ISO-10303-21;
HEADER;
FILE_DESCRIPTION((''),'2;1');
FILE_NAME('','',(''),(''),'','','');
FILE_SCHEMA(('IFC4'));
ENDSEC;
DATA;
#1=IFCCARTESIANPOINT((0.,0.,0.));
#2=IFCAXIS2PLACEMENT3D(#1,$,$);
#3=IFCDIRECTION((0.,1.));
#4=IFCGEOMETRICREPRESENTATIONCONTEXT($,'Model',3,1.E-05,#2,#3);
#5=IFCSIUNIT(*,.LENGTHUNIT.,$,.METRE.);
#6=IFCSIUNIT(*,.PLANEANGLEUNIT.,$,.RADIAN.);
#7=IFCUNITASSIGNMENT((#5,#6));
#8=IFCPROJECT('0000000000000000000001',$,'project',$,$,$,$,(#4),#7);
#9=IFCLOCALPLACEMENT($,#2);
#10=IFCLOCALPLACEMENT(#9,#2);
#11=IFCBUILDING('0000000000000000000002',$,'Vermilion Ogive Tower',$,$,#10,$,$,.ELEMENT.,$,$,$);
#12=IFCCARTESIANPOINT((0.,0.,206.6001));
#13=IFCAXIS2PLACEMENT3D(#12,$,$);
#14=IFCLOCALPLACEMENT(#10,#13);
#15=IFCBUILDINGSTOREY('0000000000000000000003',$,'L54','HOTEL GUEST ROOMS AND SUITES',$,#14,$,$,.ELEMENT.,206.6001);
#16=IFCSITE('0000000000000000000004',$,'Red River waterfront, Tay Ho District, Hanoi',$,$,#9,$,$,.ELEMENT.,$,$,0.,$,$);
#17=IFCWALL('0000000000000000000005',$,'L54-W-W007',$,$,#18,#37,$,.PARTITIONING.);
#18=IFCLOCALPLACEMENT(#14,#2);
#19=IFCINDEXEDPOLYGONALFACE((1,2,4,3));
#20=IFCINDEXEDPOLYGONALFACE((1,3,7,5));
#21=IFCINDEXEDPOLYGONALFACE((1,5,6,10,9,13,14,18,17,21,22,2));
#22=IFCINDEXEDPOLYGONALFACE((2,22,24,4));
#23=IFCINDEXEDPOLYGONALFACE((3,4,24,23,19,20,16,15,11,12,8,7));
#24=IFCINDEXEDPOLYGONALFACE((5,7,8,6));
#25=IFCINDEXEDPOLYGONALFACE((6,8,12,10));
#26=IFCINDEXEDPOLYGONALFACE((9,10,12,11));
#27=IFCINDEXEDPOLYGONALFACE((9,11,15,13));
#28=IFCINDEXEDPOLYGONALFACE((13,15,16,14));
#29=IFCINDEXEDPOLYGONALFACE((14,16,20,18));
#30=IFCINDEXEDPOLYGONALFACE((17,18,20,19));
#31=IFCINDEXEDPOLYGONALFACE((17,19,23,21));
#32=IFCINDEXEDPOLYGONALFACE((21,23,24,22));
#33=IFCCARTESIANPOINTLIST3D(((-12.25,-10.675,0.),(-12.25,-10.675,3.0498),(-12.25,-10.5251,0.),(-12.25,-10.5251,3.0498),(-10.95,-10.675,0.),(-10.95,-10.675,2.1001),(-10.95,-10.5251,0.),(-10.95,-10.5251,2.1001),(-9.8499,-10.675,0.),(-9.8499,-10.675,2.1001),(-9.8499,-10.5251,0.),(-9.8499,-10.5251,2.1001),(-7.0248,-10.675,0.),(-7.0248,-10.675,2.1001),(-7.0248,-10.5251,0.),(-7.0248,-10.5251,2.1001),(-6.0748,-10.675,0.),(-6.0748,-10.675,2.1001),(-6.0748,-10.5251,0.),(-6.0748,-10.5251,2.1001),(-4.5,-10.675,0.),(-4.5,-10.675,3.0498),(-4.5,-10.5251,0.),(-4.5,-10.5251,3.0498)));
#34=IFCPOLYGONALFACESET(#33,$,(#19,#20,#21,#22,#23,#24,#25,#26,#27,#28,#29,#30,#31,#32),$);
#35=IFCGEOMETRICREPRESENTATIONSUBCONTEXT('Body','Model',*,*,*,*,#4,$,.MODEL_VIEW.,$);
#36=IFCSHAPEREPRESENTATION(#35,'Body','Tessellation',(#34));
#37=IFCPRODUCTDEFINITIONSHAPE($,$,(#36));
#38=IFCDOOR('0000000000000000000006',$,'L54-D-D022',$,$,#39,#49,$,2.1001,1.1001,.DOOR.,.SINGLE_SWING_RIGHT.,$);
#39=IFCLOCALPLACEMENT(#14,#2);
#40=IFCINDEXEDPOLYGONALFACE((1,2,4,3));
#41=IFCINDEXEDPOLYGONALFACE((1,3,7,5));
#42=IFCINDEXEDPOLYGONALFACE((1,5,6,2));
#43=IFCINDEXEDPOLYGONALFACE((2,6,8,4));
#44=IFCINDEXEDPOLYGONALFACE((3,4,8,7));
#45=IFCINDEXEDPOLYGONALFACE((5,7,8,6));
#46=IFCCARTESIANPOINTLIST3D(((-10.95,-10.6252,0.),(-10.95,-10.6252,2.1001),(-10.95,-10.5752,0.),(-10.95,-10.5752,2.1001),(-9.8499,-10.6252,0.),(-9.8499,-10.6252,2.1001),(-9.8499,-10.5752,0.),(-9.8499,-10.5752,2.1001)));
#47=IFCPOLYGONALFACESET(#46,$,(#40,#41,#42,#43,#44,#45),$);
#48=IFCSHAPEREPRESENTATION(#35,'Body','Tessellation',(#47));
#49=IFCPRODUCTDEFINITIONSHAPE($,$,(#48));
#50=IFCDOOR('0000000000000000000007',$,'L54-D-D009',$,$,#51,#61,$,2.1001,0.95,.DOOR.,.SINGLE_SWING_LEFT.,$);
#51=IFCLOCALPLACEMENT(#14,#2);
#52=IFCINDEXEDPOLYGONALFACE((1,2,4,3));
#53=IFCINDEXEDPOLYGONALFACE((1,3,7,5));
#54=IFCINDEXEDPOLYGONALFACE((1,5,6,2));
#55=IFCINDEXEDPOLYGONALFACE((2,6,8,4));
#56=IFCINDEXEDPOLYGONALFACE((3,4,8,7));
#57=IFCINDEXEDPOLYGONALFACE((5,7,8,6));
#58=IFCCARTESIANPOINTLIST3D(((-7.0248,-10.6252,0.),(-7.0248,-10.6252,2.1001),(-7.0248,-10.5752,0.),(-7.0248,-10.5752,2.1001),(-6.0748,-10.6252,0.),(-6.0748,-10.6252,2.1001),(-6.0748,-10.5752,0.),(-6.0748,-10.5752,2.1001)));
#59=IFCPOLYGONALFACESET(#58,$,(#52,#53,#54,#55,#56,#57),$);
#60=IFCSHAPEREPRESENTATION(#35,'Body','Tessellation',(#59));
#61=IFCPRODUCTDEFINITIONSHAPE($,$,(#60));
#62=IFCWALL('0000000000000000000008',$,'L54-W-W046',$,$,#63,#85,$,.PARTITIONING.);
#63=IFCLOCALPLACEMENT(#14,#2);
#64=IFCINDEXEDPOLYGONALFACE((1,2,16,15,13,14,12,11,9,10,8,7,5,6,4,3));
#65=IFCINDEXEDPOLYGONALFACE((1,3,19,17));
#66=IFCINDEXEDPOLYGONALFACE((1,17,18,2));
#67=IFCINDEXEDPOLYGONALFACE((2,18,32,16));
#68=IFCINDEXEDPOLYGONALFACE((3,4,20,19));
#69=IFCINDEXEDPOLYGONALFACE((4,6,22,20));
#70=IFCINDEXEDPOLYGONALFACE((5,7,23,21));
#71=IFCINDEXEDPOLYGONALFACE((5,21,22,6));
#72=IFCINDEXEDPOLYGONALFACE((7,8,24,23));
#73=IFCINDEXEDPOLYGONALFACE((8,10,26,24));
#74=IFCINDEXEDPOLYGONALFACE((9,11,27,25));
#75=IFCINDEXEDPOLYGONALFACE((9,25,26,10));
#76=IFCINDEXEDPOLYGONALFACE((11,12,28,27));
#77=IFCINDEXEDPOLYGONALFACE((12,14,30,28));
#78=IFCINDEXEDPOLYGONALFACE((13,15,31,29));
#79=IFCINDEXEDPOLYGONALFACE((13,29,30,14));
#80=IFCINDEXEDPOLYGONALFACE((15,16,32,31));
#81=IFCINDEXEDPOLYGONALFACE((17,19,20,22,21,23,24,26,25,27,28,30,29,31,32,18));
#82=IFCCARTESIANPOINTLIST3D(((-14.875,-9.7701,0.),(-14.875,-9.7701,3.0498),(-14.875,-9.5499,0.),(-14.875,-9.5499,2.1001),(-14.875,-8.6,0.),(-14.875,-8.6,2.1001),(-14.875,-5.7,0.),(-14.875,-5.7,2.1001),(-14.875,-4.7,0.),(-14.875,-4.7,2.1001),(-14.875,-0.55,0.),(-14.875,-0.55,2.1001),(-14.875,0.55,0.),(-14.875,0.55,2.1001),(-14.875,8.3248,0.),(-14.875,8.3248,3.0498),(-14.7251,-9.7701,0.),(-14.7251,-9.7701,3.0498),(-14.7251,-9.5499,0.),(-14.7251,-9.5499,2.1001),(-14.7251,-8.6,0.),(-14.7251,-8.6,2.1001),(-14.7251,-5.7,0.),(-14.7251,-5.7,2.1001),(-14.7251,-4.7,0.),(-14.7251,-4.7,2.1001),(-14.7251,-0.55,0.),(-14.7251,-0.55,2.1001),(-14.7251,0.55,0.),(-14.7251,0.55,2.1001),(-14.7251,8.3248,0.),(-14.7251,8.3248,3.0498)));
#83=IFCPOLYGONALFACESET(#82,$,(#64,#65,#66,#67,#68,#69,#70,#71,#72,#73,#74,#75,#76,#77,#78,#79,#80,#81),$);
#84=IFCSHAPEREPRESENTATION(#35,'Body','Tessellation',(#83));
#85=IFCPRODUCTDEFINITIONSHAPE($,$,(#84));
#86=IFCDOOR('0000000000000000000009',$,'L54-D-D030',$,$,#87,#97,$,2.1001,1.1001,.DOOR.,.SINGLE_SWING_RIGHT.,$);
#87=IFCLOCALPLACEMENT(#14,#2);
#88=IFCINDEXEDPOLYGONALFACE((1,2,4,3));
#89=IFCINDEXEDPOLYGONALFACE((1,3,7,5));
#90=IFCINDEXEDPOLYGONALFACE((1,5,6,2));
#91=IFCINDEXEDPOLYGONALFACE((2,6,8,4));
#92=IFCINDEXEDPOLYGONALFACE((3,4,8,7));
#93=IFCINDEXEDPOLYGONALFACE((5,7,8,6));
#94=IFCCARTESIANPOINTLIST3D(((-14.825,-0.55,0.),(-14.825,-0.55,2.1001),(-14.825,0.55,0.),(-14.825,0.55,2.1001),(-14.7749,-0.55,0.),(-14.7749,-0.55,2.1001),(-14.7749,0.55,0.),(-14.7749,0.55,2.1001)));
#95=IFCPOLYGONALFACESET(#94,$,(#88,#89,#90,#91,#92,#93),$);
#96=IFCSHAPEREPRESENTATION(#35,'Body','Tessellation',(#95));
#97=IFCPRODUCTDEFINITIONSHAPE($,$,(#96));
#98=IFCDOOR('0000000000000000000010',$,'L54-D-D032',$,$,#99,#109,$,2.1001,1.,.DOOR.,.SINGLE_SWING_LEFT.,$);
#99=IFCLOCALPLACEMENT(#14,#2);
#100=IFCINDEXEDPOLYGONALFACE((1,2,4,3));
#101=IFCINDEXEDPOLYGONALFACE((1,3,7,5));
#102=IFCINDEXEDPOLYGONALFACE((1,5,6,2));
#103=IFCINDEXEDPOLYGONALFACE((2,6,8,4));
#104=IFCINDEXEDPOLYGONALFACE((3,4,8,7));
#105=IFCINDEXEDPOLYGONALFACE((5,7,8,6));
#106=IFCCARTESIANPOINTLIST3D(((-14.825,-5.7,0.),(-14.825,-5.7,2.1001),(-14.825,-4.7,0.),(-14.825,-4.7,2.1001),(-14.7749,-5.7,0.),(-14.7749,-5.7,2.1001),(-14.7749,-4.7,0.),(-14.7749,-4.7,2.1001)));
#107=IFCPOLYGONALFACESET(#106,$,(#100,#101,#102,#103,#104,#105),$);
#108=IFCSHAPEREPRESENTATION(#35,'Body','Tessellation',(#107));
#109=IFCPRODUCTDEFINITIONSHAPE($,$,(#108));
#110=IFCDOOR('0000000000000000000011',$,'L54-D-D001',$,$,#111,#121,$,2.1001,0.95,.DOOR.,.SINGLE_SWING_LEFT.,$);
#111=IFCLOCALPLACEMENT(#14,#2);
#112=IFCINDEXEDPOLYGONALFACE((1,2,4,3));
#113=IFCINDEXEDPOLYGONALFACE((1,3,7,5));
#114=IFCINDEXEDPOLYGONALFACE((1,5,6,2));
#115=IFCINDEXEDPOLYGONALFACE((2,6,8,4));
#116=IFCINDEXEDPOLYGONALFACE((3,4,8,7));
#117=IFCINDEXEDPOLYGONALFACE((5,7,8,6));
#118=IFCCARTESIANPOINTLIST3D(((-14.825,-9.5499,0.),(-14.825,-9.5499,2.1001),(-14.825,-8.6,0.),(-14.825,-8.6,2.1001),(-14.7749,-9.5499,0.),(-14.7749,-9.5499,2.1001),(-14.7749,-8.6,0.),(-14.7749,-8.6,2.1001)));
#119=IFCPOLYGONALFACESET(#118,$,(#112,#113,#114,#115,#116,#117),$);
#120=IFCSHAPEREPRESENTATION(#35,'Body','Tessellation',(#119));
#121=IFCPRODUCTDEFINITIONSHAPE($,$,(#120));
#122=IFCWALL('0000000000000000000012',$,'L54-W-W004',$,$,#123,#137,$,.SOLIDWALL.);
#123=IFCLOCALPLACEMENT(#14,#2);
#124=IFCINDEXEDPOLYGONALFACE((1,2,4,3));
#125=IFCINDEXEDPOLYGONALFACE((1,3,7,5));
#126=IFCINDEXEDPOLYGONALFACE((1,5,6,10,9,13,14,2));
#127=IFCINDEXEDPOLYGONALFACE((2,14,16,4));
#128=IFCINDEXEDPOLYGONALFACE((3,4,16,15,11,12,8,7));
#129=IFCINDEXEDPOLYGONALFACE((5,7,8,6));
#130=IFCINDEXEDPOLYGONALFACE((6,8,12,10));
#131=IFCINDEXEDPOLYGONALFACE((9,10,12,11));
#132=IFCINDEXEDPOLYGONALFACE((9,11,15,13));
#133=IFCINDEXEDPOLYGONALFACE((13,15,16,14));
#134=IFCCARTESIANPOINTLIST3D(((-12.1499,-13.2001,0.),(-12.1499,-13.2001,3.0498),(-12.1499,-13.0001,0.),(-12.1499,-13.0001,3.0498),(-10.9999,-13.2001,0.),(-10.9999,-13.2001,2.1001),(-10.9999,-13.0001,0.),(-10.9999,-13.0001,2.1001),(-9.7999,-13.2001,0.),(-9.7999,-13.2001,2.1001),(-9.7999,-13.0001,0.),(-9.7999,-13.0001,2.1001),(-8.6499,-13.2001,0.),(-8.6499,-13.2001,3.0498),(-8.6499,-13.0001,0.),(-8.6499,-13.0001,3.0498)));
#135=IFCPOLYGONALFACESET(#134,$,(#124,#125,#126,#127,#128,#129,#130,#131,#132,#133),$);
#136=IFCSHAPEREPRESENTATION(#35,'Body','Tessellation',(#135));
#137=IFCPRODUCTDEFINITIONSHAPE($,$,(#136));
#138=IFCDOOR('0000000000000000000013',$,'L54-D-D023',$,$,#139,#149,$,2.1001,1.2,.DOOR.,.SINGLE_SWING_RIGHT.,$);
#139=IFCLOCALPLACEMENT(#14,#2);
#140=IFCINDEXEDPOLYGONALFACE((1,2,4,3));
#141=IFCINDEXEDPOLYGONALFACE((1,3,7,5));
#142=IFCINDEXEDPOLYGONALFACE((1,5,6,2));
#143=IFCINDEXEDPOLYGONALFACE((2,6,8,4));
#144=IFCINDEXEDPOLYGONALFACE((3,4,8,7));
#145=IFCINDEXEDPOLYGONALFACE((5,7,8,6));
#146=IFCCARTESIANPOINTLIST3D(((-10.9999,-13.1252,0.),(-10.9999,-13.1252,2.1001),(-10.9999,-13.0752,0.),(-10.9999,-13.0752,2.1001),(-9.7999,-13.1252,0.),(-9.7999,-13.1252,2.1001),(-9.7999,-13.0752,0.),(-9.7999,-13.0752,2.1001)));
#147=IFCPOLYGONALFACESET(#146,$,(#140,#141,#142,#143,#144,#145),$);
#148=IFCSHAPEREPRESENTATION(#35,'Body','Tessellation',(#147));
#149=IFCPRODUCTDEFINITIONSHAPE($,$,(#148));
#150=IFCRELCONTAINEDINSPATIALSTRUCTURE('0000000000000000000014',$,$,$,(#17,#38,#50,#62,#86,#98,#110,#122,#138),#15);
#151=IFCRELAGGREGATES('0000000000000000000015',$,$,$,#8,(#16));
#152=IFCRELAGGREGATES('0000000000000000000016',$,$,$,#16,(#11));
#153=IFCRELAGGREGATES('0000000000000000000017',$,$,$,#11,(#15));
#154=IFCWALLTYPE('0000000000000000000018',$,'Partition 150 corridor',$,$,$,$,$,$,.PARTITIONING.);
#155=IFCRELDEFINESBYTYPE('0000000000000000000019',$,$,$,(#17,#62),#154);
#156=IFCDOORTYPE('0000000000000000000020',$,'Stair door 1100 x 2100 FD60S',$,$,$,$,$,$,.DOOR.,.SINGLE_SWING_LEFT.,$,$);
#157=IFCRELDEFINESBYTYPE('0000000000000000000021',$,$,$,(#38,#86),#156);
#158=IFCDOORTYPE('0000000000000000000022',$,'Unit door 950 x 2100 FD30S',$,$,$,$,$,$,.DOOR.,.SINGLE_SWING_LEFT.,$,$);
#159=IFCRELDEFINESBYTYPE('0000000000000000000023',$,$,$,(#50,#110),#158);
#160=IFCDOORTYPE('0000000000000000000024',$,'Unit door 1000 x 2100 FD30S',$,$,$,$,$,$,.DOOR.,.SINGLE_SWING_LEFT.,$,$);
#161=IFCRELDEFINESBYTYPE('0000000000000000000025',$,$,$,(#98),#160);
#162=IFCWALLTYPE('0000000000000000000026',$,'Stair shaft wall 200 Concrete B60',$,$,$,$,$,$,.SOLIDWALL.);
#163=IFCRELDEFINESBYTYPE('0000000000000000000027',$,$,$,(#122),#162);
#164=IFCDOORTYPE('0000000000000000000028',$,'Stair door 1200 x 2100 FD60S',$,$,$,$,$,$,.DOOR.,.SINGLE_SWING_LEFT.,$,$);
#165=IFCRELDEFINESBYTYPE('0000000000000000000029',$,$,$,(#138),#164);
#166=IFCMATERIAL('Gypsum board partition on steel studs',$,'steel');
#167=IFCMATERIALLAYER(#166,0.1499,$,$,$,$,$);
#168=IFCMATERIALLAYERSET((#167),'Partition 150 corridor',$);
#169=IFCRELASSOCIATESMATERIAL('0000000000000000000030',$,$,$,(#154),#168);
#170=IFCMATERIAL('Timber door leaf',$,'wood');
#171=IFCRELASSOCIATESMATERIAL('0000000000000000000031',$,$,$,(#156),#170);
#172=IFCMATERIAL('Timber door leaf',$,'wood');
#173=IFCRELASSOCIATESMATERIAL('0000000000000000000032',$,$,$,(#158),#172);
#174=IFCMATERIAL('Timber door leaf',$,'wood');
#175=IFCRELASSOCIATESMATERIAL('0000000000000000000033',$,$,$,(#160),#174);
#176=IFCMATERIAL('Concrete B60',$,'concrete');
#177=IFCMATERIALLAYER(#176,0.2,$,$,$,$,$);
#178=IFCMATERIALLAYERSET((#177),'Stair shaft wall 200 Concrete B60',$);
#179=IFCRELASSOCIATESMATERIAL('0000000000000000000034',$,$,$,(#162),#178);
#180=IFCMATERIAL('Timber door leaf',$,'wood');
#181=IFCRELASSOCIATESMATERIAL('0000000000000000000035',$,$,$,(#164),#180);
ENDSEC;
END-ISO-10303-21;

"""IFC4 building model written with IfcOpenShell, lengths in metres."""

from ifc_helpers import new_model, si_unit, direction, frame, frame_2d, origin, place, context, subcontext, project, spatial, rectangle, extrude, material, layer, layer_set, type_object, element, fill, save


model = new_model("IFC4")

# Units and contexts
model_context = context("Model", 3, precision=1e-05, world=origin(), true_north=direction((0.0, 1.0)))
body_context = subcontext(model_context, "Body", "Model", "MODEL_VIEW")
ifc_project = project(units=[si_unit("LENGTHUNIT", "METRE"), si_unit("PLANEANGLEUNIT", "RADIAN")], contexts=[model_context])

# Site, building, storey
site_placement = place(None, origin())
site = spatial("IfcSite", under=ifc_project, at=site_placement, Name="Red River waterfront, Tay Ho District, Hanoi", CompositionType="ELEMENT", RefElevation=0.0)
building_placement = place(site_placement, origin())
building = spatial("IfcBuilding", under=site, at=building_placement, Name="Vermilion Ogive Tower", CompositionType="ELEMENT")
storey_placement = place(building_placement, frame((0.0, 0.0, 206.6001)))
storey = spatial("IfcBuildingStorey", under=building, at=storey_placement, Name="L54", Description="HOTEL GUEST ROOMS AND SUITES", CompositionType="ELEMENT", Elevation=206.6001)

# Walls, openings, doors
ifc_material_1 = material(Name="Gypsum board partition on steel studs", Category="steel")
ifc_layer_1 = layer(ifc_material_1, 0.1499)
ifc_layer_set_1 = layer_set([ifc_layer_1], Name="Partition 150 corridor")
wall_type_1 = type_object("IfcWallType", Name="Partition 150 corridor", PredefinedType="PARTITIONING", material=ifc_layer_set_1)
wall_1_placement = place(storey_placement, frame((-12.25, -10.6001, 0.0), z_axis=(0.0, 0.0, 1.0), x_axis=(1.0, 0.0, 0.0)))
wall_1 = element("IfcWall", 1, at=wall_1_placement, inside=storey, type_object=wall_type_1, Name="L54-W-W007", PredefinedType="PARTITIONING", context=body_context, shape_type="SweptSolid", body=[
    extrude(rectangle(XDim=7.75, YDim=0.1499, at=frame_2d((3.875, 0.0))), origin(), (0.0, 0.0, 1.0), 3.0498),
])
opening_1_placement = place(wall_1_placement, frame((5.2251, 0.0, 0.0)))
opening_1 = element("IfcOpeningElement", 2, at=opening_1_placement, cuts=wall_1, PredefinedType="OPENING", context=body_context, shape_type="SweptSolid", body=[
    extrude(rectangle(XDim=0.95, YDim=2.1001, at=frame_2d((0.4751, 1.05))), frame((0.0, 0.085, 0.0), z_axis=(0.0, -1.0, 0.0), x_axis=(1.0, 0.0, 0.0)), (0.0, 0.0, 1.0), 0.1699),
])
opening_2_placement = place(wall_1_placement, frame((1.3, 0.0, 0.0)))
opening_2 = element("IfcOpeningElement", 3, at=opening_2_placement, cuts=wall_1, PredefinedType="OPENING", context=body_context, shape_type="SweptSolid", body=[
    extrude(rectangle(XDim=1.1001, YDim=2.1001, at=frame_2d((0.55, 1.05))), frame((0.0, 0.085, 0.0), z_axis=(0.0, -1.0, 0.0), x_axis=(1.0, 0.0, 0.0)), (0.0, 0.0, 1.0), 0.1699),
])
ifc_material_2 = material(Name="Timber door leaf", Category="wood")
door_type_1 = type_object("IfcDoorType", Name="Stair door 1100 x 2100 FD60S", OperationType="SINGLE_SWING_LEFT", PredefinedType="DOOR", material=ifc_material_2)
door_1_placement = place(opening_2_placement, origin())
door_1 = element("IfcDoor", 4, at=door_1_placement, inside=storey, type_object=door_type_1, Name="L54-D-D022", OperationType="SINGLE_SWING_RIGHT", OverallHeight=2.1001, OverallWidth=1.1001, PredefinedType="DOOR", context=body_context, shape_type="SweptSolid", body=[
    extrude(rectangle(XDim=1.1001, YDim=2.1001, at=frame_2d((0.55, 1.05))), frame((0.0, 0.0249, 0.0), z_axis=(0.0, -1.0, 0.0), x_axis=(1.0, 0.0, 0.0)), (0.0, 0.0, 1.0), 0.05),
])
fill(opening_2, door_1)
ifc_material_3 = material(Name="Timber door leaf", Category="wood")
door_type_2 = type_object("IfcDoorType", Name="Unit door 950 x 2100 FD30S", OperationType="SINGLE_SWING_LEFT", PredefinedType="DOOR", material=ifc_material_3)
door_2_placement = place(opening_1_placement, origin())
door_2 = element("IfcDoor", 5, at=door_2_placement, inside=storey, type_object=door_type_2, Name="L54-D-D009", OperationType="SINGLE_SWING_LEFT", OverallHeight=2.1001, OverallWidth=0.95, PredefinedType="DOOR", context=body_context, shape_type="SweptSolid", body=[
    extrude(rectangle(XDim=0.95, YDim=2.1001, at=frame_2d((0.4751, 1.05))), frame((0.0, 0.0249, 0.0), z_axis=(0.0, -1.0, 0.0), x_axis=(1.0, 0.0, 0.0)), (0.0, 0.0, 1.0), 0.05),
])
fill(opening_1, door_2)
wall_2_placement = place(storey_placement, frame((-14.8, -9.77, 0.0), z_axis=(0.0, 0.0, 1.0), x_axis=(0.0, 1.0, 0.0)))
wall_2 = element("IfcWall", 6, at=wall_2_placement, inside=storey, type_object=wall_type_1, Name="L54-W-W046", PredefinedType="PARTITIONING", context=body_context, shape_type="SweptSolid", body=[
    extrude(rectangle(XDim=18.095, YDim=0.1499, at=frame_2d((9.0474, 0.0))), origin(), (0.0, 0.0, 1.0), 3.0498),
])
opening_3_placement = place(wall_2_placement, frame((0.22, 0.0, 0.0)))
opening_3 = element("IfcOpeningElement", 7, at=opening_3_placement, cuts=wall_2, PredefinedType="OPENING", context=body_context, shape_type="SweptSolid", body=[
    extrude(rectangle(XDim=0.95, YDim=2.1001, at=frame_2d((0.4751, 1.05))), frame((0.0, 0.085, 0.0), z_axis=(0.0, -1.0, 0.0), x_axis=(1.0, 0.0, 0.0)), (0.0, 0.0, 1.0), 0.1699),
])
opening_4_placement = place(wall_2_placement, frame((9.22, 0.0, 0.0)))
opening_4 = element("IfcOpeningElement", 8, at=opening_4_placement, cuts=wall_2, PredefinedType="OPENING", context=body_context, shape_type="SweptSolid", body=[
    extrude(rectangle(XDim=1.1001, YDim=2.1001, at=frame_2d((0.55, 1.05))), frame((0.0, 0.085, 0.0), z_axis=(0.0, -1.0, 0.0), x_axis=(1.0, 0.0, 0.0)), (0.0, 0.0, 1.0), 0.1699),
])
opening_5_placement = place(wall_2_placement, frame((4.0701, 0.0, 0.0)))
opening_5 = element("IfcOpeningElement", 9, at=opening_5_placement, cuts=wall_2, PredefinedType="OPENING", context=body_context, shape_type="SweptSolid", body=[
    extrude(rectangle(XDim=1.0, YDim=2.1001, at=frame_2d((0.5, 1.05))), frame((0.0, 0.085, 0.0), z_axis=(0.0, -1.0, 0.0), x_axis=(1.0, 0.0, 0.0)), (0.0, 0.0, 1.0), 0.1699),
])
door_3_placement = place(opening_4_placement, origin())
door_3 = element("IfcDoor", 10, at=door_3_placement, inside=storey, type_object=door_type_1, Name="L54-D-D030", OperationType="SINGLE_SWING_RIGHT", OverallHeight=2.1001, OverallWidth=1.1001, PredefinedType="DOOR", context=body_context, shape_type="SweptSolid", body=[
    extrude(rectangle(XDim=1.1001, YDim=2.1001, at=frame_2d((0.55, 1.05))), frame((0.0, 0.0249, 0.0), z_axis=(0.0, -1.0, 0.0), x_axis=(1.0, 0.0, 0.0)), (0.0, 0.0, 1.0), 0.05),
])
fill(opening_4, door_3)
ifc_material_4 = material(Name="Timber door leaf", Category="wood")
door_type_3 = type_object("IfcDoorType", Name="Unit door 1000 x 2100 FD30S", OperationType="SINGLE_SWING_LEFT", PredefinedType="DOOR", material=ifc_material_4)
door_4_placement = place(opening_5_placement, origin())
door_4 = element("IfcDoor", 11, at=door_4_placement, inside=storey, type_object=door_type_3, Name="L54-D-D032", OperationType="SINGLE_SWING_LEFT", OverallHeight=2.1001, OverallWidth=1.0, PredefinedType="DOOR", context=body_context, shape_type="SweptSolid", body=[
    extrude(rectangle(XDim=1.0, YDim=2.1001, at=frame_2d((0.5, 1.05))), frame((0.0, 0.0249, 0.0), z_axis=(0.0, -1.0, 0.0), x_axis=(1.0, 0.0, 0.0)), (0.0, 0.0, 1.0), 0.05),
])
fill(opening_5, door_4)
door_5_placement = place(opening_3_placement, origin())
door_5 = element("IfcDoor", 12, at=door_5_placement, inside=storey, type_object=door_type_2, Name="L54-D-D001", OperationType="SINGLE_SWING_LEFT", OverallHeight=2.1001, OverallWidth=0.95, PredefinedType="DOOR", context=body_context, shape_type="SweptSolid", body=[
    extrude(rectangle(XDim=0.95, YDim=2.1001, at=frame_2d((0.4751, 1.05))), frame((0.0, 0.0249, 0.0), z_axis=(0.0, -1.0, 0.0), x_axis=(1.0, 0.0, 0.0)), (0.0, 0.0, 1.0), 0.05),
])
fill(opening_3, door_5)

# Wall, opening, door
ifc_material_5 = material(Name="Concrete B60", Category="concrete")
ifc_layer_2 = layer(ifc_material_5, 0.2)
ifc_layer_set_2 = layer_set([ifc_layer_2], Name="Stair shaft wall 200 Concrete B60")
wall_type_2 = type_object("IfcWallType", Name="Stair shaft wall 200 Concrete B60", PredefinedType="SOLIDWALL", material=ifc_layer_set_2)
wall_3_placement = place(storey_placement, frame((-12.1499, -13.1001, 0.0), z_axis=(0.0, 0.0, 1.0), x_axis=(1.0, 0.0, 0.0)))
wall_3 = element("IfcWall", 13, at=wall_3_placement, inside=storey, type_object=wall_type_2, Name="L54-W-W004", PredefinedType="SOLIDWALL", context=body_context, shape_type="SweptSolid", body=[
    extrude(rectangle(XDim=3.5, YDim=0.2, at=frame_2d((1.75, 0.0))), origin(), (0.0, 0.0, 1.0), 3.0498),
])
opening_6_placement = place(wall_3_placement, frame((1.1499, 0.0, 0.0)))
opening_6 = element("IfcOpeningElement", 14, at=opening_6_placement, cuts=wall_3, PredefinedType="OPENING", context=body_context, shape_type="SweptSolid", body=[
    extrude(rectangle(XDim=1.2, YDim=2.1001, at=frame_2d((0.6001, 1.05))), frame((0.0, 0.1099, 0.0), z_axis=(0.0, -1.0, 0.0), x_axis=(1.0, 0.0, 0.0)), (0.0, 0.0, 1.0), 0.22),
])
ifc_material_6 = material(Name="Timber door leaf", Category="wood")
door_type_4 = type_object("IfcDoorType", Name="Stair door 1200 x 2100 FD60S", OperationType="SINGLE_SWING_LEFT", PredefinedType="DOOR", material=ifc_material_6)
door_6_placement = place(opening_6_placement, origin())
door_6 = element("IfcDoor", 15, at=door_6_placement, inside=storey, type_object=door_type_4, Name="L54-D-D023", OperationType="SINGLE_SWING_RIGHT", OverallHeight=2.1001, OverallWidth=1.2, PredefinedType="DOOR", context=body_context, shape_type="SweptSolid", body=[
    extrude(rectangle(XDim=1.2, YDim=2.1001, at=frame_2d((0.6001, 1.05))), frame((0.0, 0.0249, 0.0), z_axis=(0.0, -1.0, 0.0), x_axis=(1.0, 0.0, 0.0)), (0.0, 0.0, 1.0), 0.05),
])
fill(opening_6, door_6)

save(model, "model.ifc")
